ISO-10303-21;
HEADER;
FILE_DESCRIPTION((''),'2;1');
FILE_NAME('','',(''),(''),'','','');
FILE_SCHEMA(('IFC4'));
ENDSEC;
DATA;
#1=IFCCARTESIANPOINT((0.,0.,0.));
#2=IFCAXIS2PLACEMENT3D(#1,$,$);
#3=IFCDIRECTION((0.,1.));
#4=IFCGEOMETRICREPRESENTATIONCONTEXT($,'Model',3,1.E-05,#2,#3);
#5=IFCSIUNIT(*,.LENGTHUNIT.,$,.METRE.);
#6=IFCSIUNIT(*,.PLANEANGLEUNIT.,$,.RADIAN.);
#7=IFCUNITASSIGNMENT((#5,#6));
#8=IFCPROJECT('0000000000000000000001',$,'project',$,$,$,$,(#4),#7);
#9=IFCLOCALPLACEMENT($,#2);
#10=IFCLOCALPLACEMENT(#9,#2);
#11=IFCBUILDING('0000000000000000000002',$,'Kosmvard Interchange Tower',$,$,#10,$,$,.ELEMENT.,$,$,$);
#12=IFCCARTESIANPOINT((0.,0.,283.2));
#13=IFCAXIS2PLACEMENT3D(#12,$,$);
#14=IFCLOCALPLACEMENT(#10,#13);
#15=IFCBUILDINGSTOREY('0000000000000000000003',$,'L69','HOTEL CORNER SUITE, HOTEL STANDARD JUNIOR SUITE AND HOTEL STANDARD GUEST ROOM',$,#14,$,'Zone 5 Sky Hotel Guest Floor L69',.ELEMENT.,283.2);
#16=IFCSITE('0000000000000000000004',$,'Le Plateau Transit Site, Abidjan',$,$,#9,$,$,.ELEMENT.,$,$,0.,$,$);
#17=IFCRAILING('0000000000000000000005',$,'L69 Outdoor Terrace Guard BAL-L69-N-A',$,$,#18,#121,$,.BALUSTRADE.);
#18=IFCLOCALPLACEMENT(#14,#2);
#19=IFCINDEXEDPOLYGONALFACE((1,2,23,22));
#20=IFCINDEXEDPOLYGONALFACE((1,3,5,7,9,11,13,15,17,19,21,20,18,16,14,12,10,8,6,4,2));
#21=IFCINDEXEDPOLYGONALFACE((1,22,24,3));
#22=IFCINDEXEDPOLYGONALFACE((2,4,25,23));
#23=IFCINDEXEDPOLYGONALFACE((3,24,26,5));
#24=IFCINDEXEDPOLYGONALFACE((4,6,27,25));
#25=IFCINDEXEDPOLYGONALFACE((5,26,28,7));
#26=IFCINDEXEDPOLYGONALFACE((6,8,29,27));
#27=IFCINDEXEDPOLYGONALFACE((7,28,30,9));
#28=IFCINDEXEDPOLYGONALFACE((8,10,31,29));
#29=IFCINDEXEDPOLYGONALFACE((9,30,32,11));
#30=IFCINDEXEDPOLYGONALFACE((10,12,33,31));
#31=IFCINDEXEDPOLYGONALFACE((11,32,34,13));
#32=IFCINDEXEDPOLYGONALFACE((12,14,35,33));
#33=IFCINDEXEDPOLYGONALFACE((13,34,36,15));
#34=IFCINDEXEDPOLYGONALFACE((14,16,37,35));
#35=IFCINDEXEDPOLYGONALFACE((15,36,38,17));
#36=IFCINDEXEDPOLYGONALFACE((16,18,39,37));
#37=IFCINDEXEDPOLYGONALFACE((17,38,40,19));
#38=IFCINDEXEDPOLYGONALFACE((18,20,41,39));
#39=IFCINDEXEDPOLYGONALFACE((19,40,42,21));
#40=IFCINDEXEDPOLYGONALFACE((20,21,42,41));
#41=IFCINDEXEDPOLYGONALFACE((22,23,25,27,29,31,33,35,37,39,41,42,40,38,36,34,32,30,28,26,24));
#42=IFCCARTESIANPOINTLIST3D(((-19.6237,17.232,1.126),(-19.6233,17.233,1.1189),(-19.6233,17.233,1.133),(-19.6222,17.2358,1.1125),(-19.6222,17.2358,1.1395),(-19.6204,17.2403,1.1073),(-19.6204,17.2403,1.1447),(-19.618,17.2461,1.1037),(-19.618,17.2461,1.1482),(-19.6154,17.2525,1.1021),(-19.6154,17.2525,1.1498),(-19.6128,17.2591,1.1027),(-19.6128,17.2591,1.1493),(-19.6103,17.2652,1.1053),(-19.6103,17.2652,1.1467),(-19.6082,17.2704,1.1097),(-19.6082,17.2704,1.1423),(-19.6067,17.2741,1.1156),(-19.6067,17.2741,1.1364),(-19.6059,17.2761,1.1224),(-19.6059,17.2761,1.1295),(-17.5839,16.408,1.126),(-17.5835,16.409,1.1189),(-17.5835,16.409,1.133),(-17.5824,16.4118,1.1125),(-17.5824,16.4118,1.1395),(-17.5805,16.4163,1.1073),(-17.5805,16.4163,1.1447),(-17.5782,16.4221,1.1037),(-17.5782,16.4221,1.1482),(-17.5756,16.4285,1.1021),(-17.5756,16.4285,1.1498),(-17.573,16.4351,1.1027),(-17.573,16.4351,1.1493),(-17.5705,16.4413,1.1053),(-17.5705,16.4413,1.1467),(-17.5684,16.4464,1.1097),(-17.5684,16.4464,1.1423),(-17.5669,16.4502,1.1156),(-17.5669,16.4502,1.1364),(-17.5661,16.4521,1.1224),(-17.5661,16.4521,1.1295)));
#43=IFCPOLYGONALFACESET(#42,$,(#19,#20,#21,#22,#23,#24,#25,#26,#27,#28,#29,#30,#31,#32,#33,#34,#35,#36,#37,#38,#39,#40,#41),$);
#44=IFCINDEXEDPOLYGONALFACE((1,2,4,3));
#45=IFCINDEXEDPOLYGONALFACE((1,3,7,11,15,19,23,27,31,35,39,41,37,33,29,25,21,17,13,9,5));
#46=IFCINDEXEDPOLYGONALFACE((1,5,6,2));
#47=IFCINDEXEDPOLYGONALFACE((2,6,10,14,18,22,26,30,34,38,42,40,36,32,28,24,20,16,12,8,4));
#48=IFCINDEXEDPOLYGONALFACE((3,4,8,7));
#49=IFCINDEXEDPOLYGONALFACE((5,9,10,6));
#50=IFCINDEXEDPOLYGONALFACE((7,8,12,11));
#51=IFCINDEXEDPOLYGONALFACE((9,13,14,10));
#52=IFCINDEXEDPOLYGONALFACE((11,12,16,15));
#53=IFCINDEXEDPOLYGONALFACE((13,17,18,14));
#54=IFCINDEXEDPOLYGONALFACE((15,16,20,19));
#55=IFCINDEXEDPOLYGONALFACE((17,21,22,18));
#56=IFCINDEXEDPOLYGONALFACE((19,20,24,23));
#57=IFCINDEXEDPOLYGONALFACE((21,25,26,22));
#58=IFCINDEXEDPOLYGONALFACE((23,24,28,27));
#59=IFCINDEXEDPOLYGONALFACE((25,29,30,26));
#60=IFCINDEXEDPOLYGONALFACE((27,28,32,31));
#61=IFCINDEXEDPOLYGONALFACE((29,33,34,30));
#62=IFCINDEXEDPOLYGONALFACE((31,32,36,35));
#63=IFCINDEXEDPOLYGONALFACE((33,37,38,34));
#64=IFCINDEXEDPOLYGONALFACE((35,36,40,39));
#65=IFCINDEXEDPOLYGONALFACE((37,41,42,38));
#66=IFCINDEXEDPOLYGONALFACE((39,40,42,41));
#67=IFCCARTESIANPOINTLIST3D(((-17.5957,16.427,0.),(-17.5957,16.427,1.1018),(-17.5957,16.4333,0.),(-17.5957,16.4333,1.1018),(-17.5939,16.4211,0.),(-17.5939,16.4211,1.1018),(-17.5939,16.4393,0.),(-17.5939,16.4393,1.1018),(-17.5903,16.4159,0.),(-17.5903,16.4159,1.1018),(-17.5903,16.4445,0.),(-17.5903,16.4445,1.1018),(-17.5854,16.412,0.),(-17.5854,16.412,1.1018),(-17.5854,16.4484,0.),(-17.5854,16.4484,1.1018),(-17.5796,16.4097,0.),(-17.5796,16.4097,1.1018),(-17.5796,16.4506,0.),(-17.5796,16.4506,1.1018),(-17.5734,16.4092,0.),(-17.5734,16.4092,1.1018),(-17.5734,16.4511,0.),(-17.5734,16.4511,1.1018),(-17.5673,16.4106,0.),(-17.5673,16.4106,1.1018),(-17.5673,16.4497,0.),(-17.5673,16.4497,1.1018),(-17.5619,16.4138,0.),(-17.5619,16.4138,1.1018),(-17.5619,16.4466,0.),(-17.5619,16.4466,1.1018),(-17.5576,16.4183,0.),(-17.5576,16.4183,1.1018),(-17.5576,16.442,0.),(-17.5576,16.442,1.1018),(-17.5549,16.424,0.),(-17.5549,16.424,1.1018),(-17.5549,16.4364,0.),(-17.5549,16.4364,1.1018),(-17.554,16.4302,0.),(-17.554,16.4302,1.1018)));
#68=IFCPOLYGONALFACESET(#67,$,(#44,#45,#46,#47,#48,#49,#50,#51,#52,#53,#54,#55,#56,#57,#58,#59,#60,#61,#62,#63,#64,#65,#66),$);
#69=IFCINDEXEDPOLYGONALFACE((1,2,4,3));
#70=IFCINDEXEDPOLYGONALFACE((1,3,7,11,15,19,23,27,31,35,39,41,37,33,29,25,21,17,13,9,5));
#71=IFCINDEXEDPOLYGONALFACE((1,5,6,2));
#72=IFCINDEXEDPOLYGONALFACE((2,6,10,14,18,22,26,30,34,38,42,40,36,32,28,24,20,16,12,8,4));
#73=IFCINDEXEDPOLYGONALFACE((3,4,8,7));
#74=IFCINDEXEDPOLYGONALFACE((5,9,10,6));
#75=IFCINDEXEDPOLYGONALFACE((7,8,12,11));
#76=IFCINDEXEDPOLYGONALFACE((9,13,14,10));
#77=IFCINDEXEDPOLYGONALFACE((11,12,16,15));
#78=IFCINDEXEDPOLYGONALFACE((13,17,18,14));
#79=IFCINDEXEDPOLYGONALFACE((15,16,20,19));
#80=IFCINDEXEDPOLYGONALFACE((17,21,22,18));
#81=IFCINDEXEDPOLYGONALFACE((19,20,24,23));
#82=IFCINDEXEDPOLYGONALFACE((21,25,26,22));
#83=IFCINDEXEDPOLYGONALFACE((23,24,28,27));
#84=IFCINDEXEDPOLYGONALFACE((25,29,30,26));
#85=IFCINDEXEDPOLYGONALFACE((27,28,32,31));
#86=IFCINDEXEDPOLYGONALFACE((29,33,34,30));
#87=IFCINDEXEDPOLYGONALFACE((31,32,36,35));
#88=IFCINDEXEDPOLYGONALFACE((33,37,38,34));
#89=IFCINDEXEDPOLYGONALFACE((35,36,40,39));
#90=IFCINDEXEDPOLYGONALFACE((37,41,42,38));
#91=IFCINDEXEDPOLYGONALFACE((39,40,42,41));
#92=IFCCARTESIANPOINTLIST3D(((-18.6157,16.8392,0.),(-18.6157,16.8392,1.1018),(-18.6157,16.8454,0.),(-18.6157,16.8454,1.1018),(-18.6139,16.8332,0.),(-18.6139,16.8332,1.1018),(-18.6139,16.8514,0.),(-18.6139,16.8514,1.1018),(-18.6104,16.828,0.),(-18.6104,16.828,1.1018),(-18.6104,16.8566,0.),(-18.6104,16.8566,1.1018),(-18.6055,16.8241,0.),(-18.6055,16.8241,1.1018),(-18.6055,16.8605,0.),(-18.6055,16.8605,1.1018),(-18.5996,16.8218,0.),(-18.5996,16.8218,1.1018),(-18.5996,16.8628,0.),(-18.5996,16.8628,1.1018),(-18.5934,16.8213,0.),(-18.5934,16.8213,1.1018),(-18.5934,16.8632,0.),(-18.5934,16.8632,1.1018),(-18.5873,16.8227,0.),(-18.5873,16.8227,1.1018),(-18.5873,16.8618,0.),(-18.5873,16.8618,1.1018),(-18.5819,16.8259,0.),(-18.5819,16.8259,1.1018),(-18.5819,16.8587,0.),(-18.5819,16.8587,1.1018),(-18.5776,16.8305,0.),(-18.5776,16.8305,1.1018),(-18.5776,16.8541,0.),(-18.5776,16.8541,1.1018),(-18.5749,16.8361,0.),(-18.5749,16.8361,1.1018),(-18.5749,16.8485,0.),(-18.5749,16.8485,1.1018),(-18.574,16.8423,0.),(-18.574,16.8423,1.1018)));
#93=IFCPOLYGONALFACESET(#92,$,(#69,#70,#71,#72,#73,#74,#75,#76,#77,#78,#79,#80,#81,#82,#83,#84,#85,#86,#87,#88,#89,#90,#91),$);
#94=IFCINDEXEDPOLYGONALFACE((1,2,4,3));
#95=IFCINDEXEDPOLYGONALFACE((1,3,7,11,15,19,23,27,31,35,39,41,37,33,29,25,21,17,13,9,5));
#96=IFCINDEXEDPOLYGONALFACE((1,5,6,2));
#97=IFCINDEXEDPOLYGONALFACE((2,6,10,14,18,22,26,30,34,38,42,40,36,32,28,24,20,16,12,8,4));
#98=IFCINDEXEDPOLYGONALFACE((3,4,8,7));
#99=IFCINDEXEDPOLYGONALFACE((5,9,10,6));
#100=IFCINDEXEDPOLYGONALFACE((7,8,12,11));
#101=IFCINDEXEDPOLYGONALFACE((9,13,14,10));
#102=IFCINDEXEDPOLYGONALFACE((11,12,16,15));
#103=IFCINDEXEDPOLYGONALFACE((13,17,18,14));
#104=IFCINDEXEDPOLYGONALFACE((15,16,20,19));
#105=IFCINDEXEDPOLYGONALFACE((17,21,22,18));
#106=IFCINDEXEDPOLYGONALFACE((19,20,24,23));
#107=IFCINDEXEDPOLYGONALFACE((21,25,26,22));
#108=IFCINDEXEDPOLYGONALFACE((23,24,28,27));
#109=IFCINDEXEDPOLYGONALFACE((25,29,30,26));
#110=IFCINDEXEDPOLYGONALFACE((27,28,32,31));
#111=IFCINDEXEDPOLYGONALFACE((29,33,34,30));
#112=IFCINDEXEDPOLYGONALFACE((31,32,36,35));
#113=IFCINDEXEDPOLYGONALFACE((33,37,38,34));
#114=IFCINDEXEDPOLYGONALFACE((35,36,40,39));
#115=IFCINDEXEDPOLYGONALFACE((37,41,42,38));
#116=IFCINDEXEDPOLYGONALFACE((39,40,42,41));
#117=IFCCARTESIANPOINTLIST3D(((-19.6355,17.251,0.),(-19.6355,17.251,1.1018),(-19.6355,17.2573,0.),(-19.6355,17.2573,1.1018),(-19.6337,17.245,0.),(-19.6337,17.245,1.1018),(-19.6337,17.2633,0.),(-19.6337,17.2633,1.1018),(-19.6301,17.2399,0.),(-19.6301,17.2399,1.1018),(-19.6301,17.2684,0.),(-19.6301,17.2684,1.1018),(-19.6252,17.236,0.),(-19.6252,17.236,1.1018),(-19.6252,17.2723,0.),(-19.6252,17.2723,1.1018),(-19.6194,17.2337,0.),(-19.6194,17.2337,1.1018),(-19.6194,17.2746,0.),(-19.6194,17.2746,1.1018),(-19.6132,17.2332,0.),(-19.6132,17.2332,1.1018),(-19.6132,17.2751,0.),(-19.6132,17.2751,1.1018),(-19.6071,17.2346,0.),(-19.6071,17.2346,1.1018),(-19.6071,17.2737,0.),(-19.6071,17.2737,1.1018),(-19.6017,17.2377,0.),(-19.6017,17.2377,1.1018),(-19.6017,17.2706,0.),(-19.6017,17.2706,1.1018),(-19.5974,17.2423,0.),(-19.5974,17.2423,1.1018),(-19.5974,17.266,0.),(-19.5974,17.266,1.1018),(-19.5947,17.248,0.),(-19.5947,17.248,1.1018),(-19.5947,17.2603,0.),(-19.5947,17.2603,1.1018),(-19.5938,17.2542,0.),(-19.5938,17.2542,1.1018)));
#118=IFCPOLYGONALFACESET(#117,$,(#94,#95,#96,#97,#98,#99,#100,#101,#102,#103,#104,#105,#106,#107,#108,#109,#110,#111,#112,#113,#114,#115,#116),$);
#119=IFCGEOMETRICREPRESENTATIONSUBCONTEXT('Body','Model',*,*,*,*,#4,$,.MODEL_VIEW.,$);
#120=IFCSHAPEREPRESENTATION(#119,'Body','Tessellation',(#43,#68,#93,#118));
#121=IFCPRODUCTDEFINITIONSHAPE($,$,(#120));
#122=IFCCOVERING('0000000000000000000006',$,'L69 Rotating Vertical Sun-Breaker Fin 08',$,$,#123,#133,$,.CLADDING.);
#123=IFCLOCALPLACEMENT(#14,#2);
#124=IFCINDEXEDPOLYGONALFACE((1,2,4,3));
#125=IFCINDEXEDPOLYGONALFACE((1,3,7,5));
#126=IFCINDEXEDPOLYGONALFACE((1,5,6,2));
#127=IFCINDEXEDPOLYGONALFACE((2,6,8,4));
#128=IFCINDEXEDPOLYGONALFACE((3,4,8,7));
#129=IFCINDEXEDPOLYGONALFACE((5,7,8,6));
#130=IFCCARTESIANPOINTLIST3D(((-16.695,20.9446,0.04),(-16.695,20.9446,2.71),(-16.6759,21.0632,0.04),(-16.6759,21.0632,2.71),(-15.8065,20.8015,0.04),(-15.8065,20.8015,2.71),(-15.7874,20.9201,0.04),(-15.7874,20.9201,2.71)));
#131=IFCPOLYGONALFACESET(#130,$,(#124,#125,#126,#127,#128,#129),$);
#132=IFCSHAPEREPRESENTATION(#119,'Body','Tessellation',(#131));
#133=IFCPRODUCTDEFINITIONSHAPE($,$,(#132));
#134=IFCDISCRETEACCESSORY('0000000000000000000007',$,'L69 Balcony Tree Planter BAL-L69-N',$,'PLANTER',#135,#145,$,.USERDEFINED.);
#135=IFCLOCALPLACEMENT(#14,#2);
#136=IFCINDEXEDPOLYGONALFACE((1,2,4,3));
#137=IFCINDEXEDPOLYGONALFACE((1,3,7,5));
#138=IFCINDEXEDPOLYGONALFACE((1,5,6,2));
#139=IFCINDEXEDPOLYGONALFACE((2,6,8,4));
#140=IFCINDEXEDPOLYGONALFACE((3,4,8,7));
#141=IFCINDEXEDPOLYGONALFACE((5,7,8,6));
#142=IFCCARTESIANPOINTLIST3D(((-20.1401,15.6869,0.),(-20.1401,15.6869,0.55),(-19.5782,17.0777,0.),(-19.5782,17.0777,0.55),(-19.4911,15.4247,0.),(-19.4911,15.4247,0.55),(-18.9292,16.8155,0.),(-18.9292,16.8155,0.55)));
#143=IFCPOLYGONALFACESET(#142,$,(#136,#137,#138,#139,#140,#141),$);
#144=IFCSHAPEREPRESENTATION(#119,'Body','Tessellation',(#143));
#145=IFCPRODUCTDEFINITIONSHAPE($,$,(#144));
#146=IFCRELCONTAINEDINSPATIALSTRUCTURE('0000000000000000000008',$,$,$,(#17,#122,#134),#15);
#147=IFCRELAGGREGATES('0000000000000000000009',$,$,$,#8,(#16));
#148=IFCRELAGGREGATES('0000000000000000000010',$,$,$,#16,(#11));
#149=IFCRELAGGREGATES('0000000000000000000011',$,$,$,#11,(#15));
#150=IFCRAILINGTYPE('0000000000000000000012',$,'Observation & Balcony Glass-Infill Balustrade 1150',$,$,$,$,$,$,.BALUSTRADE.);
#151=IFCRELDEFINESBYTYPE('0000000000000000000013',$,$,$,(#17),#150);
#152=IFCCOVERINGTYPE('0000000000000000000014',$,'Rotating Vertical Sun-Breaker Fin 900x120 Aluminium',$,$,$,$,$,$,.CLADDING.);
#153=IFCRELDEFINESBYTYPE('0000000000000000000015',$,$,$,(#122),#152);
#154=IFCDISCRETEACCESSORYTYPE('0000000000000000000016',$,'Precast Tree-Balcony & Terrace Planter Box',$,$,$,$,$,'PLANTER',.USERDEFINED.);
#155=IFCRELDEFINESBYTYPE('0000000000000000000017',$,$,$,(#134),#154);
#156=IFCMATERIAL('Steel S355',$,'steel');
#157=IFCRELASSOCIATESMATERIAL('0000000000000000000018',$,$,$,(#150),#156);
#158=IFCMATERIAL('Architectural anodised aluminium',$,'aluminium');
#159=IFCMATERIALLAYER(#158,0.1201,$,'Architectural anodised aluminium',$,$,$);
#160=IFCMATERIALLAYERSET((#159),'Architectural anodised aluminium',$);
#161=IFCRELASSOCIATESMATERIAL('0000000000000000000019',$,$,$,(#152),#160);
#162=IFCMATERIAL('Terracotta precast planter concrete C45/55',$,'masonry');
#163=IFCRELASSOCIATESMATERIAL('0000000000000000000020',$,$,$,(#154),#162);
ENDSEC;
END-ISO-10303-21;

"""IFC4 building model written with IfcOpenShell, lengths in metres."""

from ifc_helpers import new_model, si_unit, direction, frame, origin, origin_2d, place, context, subcontext, project, spatial, rectangle, circle, extrude, source, transform, mapped, material, layer, layer_set, type_object, element, save


model = new_model("IFC4")

# Units and contexts
model_context = context("Model", 3, precision=1e-05, world=origin(), true_north=direction((0.0, 1.0)))
body_context = subcontext(model_context, "Body", "Model", "MODEL_VIEW")
ifc_project = project(units=[si_unit("LENGTHUNIT", "METRE"), si_unit("PLANEANGLEUNIT", "RADIAN")], contexts=[model_context])

# Site, building, storey
site_placement = place(None, origin())
site = spatial("IfcSite", under=ifc_project, at=site_placement, Name="Le Plateau Transit Site, Abidjan", CompositionType="ELEMENT", RefElevation=0.0)
building_placement = place(site_placement, origin())
building = spatial("IfcBuilding", under=site, at=building_placement, Name="Kosmvard Interchange Tower", CompositionType="ELEMENT")
storey_placement = place(building_placement, frame((0.0, 0.0, 283.2)))
storey = spatial("IfcBuildingStorey", under=building, at=storey_placement, Name="L69", Description="HOTEL CORNER SUITE, HOTEL STANDARD JUNIOR SUITE AND HOTEL STANDARD GUEST ROOM", LongName="Zone 5 Sky Hotel Guest Floor L69", CompositionType="ELEMENT", Elevation=283.2)

# Shared definitions
ifc_material_1 = material(Name="Steel S355", Category="steel")

# Railing
railing_type = type_object("IfcRailingType", Name="Observation & Balcony Glass-Infill Balustrade 1150", PredefinedType="BALUSTRADE", material=ifc_material_1)
shared_shape_1 = source(origin(), body_context, "Body", "SweptSolid", [
    extrude(circle(Radius=0.0239, at=origin_2d()), frame((0.0, 0.0, 1.126), z_axis=(-0.927208, 0.374546, 0.0), x_axis=(-0.374546, -0.927208, 0.0)), (0.0, 0.0, 1.0), 2.2),
    extrude(circle(Radius=0.021, at=origin_2d()), origin(), (0.0, 0.0, 1.0), 1.1018),
    extrude(circle(Radius=0.021, at=origin_2d()), frame((-1.02, 0.4121, 0.0)), (0.0, 0.0, 1.0), 1.1018),
    extrude(circle(Radius=0.021, at=origin_2d()), frame((-2.0398, 0.824, 0.0)), (0.0, 0.0, 1.0), 1.1018),
])
railing_1_placement = place(storey_placement, frame((-17.575, 16.4302, 0.0)))
element("IfcRailing", 1, at=railing_1_placement, inside=storey, type_object=railing_type, Name="L69 Outdoor Terrace Guard BAL-L69-N-A", PredefinedType="BALUSTRADE", context=body_context, shape_type="MappedRepresentation", body=[
    mapped(shared_shape_1, transform((0.0, 0.0, 0.0), scale=1.0)),
])

# Covering
ifc_material_2 = material(Name="Architectural anodised aluminium", Category="aluminium")
ifc_layer_1 = layer(ifc_material_2, 0.1201, Name="Architectural anodised aluminium")
ifc_layer_set_1 = layer_set([ifc_layer_1], Name="Architectural anodised aluminium")
covering_type = type_object("IfcCoveringType", Name="Rotating Vertical Sun-Breaker Fin 900x120 Aluminium", PredefinedType="CLADDING", material=ifc_layer_set_1)
shared_shape_2 = source(origin(), body_context, "Body", "SweptSolid", [
    extrude(rectangle(XDim=0.8999, YDim=0.1201, at=origin_2d()), origin(), (0.0, 0.0, 1.0), 2.6699),
])
covering_placement = place(storey_placement, frame((-16.2412, 20.9324, 0.04), z_axis=(0.0, 0.0, 1.0), x_axis=(-0.987275, 0.15902, 0.0)))
element("IfcCovering", 2, at=covering_placement, inside=storey, type_object=covering_type, Name="L69 Rotating Vertical Sun-Breaker Fin 08", PredefinedType="CLADDING", context=body_context, shape_type="MappedRepresentation", body=[
    mapped(shared_shape_2, transform((0.0, 0.0, 0.0), scale=1.0)),
])

# Discrete accessory
ifc_material_3 = material(Name="Terracotta precast planter concrete C45/55", Category="masonry")
discrete_accessory_type = type_object("IfcDiscreteAccessoryType", Name="Precast Tree-Balcony & Terrace Planter Box", ElementType="PLANTER", PredefinedType="USERDEFINED", material=ifc_material_3)
shared_shape_3 = source(origin(), body_context, "Body", "SweptSolid", [
    extrude(rectangle(XDim=1.5, YDim=0.7, at=origin_2d()), origin(), (0.0, 0.0, 1.0), 0.55),
])
discrete_accessory_placement = place(storey_placement, frame((-19.5347, 16.2512, 0.0), z_axis=(0.0, 0.0, 1.0), x_axis=(0.374607, 0.927184, 0.0)))
element("IfcDiscreteAccessory", 3, at=discrete_accessory_placement, inside=storey, type_object=discrete_accessory_type, Name="L69 Balcony Tree Planter BAL-L69-N", ObjectType="PLANTER", PredefinedType="USERDEFINED", context=body_context, shape_type="MappedRepresentation", body=[
    mapped(shared_shape_3, transform((0.0, 0.0, 0.0), scale=1.0)),
])

save(model, "model.ifc")
